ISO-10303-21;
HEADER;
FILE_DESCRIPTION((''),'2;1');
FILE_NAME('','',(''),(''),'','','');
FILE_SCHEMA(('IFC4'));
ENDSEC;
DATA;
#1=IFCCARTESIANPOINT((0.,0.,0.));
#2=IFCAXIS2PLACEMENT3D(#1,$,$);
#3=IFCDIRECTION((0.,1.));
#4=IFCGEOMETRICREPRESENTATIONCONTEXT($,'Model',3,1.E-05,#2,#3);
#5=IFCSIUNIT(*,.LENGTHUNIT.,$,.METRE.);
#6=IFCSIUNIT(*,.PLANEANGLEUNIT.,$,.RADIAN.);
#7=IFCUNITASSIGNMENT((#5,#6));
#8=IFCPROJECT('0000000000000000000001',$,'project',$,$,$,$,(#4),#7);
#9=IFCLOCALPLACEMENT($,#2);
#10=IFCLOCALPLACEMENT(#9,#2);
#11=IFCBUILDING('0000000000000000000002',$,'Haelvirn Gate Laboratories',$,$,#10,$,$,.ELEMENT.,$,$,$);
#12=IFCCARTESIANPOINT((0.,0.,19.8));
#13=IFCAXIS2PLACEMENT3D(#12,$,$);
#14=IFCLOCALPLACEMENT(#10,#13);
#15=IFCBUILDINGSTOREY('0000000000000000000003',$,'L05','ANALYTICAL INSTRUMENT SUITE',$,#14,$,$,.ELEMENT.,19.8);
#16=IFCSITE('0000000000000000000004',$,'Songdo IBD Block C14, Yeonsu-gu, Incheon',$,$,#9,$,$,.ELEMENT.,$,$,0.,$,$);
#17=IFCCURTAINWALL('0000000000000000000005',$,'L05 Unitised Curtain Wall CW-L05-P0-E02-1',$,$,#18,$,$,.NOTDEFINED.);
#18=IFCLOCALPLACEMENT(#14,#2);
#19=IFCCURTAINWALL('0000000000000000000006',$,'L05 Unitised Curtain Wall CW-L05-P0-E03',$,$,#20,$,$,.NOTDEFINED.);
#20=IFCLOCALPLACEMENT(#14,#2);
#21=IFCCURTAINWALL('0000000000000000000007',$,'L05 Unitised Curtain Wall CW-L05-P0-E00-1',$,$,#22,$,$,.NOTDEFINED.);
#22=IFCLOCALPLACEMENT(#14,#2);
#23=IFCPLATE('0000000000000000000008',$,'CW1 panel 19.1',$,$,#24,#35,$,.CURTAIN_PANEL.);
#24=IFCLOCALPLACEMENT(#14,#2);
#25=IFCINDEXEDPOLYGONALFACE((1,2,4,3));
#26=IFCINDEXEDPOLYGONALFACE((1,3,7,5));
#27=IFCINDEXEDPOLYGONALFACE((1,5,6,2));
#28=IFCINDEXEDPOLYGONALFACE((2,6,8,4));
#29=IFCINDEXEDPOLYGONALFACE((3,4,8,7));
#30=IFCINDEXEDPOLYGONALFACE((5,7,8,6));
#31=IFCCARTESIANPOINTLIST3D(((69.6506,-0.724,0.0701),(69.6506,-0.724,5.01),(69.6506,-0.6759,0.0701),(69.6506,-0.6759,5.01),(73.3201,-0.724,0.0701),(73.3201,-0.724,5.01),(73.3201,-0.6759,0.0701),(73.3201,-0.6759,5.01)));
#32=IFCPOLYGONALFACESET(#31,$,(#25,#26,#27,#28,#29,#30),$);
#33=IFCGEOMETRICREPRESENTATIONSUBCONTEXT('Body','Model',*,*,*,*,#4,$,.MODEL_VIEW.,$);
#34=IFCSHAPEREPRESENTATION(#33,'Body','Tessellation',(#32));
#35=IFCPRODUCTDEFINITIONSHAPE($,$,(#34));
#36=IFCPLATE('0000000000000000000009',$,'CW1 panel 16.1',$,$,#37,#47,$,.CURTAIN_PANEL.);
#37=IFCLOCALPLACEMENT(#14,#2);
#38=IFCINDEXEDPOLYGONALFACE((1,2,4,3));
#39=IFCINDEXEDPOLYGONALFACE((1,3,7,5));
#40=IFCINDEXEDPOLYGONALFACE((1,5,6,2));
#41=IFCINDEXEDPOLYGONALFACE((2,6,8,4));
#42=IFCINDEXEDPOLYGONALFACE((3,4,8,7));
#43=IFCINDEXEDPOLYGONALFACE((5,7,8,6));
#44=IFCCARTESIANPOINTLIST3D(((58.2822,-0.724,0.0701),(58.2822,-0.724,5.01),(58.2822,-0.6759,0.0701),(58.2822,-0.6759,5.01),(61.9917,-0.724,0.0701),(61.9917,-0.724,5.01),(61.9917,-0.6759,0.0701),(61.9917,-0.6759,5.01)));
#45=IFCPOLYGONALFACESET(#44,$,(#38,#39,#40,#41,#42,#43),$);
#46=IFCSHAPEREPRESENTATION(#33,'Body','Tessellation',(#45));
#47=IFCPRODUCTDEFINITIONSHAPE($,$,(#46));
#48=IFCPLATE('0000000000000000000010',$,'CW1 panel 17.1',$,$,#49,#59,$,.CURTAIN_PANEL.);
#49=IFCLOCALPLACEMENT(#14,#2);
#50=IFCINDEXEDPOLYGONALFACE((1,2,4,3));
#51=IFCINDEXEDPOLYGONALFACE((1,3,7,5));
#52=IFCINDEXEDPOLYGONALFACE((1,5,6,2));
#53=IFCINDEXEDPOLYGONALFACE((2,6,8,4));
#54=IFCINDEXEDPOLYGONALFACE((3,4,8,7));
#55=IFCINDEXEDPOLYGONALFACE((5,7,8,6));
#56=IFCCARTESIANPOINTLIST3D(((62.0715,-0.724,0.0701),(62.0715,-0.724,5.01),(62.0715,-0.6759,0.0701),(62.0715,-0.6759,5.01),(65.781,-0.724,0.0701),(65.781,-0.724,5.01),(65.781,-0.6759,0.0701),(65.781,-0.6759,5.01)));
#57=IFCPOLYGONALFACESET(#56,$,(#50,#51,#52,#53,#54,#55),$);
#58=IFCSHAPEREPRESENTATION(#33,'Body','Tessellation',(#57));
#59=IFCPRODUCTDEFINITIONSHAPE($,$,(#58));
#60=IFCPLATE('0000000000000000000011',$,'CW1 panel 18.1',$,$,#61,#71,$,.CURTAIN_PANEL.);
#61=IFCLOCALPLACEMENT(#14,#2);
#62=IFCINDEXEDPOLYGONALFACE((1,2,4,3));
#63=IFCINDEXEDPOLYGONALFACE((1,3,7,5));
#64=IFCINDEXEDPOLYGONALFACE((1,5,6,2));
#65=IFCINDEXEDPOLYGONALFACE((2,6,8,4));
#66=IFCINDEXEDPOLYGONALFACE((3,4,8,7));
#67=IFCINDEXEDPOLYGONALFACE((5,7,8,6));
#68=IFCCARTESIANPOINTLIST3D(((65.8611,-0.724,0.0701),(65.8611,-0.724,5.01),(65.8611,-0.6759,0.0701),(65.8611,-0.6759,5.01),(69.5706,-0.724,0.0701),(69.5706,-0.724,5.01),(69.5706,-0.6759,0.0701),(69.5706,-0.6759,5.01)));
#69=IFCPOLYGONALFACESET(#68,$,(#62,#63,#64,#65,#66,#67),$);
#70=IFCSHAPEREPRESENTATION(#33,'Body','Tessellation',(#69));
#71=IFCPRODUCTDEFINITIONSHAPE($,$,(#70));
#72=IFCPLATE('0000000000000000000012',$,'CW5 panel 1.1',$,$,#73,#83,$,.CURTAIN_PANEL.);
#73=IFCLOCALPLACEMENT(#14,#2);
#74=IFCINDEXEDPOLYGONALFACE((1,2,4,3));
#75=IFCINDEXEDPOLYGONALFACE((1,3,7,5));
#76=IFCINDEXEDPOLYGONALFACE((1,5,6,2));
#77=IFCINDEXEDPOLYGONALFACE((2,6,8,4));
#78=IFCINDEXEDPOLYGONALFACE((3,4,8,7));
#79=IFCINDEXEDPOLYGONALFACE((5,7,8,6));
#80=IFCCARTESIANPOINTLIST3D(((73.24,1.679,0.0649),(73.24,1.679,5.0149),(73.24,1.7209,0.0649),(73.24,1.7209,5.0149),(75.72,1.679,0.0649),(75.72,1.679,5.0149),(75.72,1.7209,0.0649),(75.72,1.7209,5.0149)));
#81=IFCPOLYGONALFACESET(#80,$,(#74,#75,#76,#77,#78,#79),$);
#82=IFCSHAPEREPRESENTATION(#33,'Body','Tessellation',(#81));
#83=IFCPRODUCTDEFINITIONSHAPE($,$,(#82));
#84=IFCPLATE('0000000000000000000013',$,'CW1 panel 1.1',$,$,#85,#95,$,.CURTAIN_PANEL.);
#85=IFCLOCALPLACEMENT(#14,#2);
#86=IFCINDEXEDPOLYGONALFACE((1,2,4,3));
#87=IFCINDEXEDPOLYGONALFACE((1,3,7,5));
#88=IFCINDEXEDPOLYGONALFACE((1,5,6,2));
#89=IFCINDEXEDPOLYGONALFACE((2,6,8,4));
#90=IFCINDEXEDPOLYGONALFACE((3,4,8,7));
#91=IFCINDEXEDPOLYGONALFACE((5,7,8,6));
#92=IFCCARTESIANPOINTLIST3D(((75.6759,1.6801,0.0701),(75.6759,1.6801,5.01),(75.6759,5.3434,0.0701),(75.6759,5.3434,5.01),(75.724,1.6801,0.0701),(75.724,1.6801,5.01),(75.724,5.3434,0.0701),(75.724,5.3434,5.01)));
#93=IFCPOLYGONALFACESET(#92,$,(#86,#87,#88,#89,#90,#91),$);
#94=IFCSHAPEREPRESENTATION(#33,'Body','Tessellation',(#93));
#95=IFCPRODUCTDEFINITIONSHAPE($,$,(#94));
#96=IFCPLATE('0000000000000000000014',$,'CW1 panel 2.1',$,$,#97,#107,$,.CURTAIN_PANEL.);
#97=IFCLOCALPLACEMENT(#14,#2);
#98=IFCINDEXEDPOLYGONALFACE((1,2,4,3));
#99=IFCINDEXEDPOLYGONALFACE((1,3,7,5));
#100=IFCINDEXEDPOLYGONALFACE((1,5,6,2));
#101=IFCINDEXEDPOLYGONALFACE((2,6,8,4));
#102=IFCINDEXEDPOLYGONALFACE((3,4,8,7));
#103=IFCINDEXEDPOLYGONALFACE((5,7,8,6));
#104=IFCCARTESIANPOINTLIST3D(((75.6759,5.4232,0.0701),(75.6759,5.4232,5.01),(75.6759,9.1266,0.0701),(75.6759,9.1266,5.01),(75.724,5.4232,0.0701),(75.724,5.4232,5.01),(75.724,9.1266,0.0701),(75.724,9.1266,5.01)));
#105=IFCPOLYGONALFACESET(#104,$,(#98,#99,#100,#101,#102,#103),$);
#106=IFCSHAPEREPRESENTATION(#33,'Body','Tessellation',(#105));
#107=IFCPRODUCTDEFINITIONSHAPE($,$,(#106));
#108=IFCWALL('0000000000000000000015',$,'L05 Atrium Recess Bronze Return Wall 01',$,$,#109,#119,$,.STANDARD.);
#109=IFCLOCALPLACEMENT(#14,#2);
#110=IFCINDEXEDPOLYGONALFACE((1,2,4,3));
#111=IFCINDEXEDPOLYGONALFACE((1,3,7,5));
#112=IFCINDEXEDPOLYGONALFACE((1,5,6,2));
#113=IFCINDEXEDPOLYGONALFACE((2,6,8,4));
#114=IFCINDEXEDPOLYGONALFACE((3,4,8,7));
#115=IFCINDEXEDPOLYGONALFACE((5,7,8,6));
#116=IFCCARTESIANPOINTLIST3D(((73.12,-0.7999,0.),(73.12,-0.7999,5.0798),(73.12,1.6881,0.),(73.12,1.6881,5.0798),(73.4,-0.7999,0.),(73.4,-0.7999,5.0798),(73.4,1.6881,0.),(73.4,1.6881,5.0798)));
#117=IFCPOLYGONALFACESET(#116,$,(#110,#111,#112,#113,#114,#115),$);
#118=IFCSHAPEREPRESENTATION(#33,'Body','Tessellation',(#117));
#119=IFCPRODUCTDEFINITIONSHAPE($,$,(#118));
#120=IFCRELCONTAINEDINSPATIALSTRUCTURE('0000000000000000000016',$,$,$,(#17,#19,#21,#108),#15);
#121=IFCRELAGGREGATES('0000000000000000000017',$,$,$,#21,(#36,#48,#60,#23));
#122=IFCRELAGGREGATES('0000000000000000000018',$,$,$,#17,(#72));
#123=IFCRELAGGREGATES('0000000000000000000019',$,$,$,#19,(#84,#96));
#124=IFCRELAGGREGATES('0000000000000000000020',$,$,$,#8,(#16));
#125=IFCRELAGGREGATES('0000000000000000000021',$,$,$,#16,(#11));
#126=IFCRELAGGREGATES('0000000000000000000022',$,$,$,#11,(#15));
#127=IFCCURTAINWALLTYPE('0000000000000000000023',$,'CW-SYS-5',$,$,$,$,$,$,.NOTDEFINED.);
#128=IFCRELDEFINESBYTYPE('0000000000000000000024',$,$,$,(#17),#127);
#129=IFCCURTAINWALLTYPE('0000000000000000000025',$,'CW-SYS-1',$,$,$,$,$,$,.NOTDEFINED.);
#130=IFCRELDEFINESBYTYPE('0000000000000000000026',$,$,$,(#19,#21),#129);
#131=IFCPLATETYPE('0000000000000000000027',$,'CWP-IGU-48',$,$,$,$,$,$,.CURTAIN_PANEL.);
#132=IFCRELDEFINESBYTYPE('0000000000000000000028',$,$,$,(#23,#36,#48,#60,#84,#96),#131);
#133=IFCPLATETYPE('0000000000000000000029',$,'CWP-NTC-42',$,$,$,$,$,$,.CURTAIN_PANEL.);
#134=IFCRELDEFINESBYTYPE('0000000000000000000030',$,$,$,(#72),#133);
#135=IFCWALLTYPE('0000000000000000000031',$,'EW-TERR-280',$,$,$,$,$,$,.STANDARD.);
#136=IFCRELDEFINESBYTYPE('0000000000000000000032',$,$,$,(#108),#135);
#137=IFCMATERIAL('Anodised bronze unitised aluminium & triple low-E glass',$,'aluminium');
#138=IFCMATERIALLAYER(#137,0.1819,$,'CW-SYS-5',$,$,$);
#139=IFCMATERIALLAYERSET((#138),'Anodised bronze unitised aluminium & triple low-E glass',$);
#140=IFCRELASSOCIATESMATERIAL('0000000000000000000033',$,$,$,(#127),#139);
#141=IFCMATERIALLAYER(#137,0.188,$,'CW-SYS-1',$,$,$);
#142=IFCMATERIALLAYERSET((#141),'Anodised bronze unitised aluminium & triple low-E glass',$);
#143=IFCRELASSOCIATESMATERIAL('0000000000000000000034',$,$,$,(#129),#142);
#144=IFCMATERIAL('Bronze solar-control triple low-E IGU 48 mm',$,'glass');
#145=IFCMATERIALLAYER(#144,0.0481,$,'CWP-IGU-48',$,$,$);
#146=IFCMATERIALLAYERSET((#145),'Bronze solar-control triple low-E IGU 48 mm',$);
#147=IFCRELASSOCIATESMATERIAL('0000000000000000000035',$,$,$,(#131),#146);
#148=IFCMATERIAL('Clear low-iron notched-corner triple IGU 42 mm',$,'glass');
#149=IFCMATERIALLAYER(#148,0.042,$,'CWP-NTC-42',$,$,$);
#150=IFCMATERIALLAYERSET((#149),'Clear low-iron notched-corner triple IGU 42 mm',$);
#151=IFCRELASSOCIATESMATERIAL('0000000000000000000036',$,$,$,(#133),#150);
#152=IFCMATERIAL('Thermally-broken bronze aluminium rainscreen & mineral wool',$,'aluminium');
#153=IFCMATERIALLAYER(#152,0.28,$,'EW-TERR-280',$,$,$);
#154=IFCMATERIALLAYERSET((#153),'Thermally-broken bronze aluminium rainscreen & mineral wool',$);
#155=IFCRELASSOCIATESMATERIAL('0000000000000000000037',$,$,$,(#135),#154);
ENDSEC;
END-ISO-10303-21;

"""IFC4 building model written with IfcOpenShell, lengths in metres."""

from ifc_helpers import new_model, si_unit, direction, frame, frame_2d, origin, origin_2d, place, context, subcontext, project, spatial, rectangle, extrude, source, transform, mapped, material, layer, layer_set, type_object, type_shapes, element, aggregate, save


model = new_model("IFC4")

# Units and contexts
model_context = context("Model", 3, precision=1e-05, world=origin(), true_north=direction((0.0, 1.0)))
body_context = subcontext(model_context, "Body", "Model", "MODEL_VIEW")
ifc_project = project(units=[si_unit("LENGTHUNIT", "METRE"), si_unit("PLANEANGLEUNIT", "RADIAN")], contexts=[model_context])

# Site, building, storey
site_placement = place(None, origin())
site = spatial("IfcSite", under=ifc_project, at=site_placement, Name="Songdo IBD Block C14, Yeonsu-gu, Incheon", CompositionType="ELEMENT", RefElevation=0.0)
building_placement = place(site_placement, origin())
building = spatial("IfcBuilding", under=site, at=building_placement, Name="Haelvirn Gate Laboratories", CompositionType="ELEMENT")
storey_placement = place(building_placement, frame((0.0, 0.0, 19.8)))
storey = spatial("IfcBuildingStorey", under=building, at=storey_placement, Name="L05", Description="ANALYTICAL INSTRUMENT SUITE", CompositionType="ELEMENT", Elevation=19.8)

# Curtain walls
ifc_material_1 = material(Name="Anodised bronze unitised aluminium & triple low-E glass", Category="aluminium")
ifc_layer_1 = layer(ifc_material_1, 0.1819, Name="CW-SYS-5")
ifc_layer_set_1 = layer_set([ifc_layer_1], Name="Anodised bronze unitised aluminium & triple low-E glass")
curtain_wall_type_1 = type_object("IfcCurtainWallType", Name="CW-SYS-5", PredefinedType="NOTDEFINED", material=ifc_layer_set_1)
curtain_wall_1_placement = place(storey_placement, origin())
curtain_wall_1 = element("IfcCurtainWall", 1, at=curtain_wall_1_placement, inside=storey, type_object=curtain_wall_type_1, Name="L05 Unitised Curtain Wall CW-L05-P0-E02-1", PredefinedType="NOTDEFINED")
ifc_layer_2 = layer(ifc_material_1, 0.188, Name="CW-SYS-1")
ifc_layer_set_2 = layer_set([ifc_layer_2], Name="Anodised bronze unitised aluminium & triple low-E glass")
curtain_wall_type_2 = type_object("IfcCurtainWallType", Name="CW-SYS-1", PredefinedType="NOTDEFINED", material=ifc_layer_set_2)
curtain_wall_2_placement = place(storey_placement, origin())
curtain_wall_2 = element("IfcCurtainWall", 2, at=curtain_wall_2_placement, inside=storey, type_object=curtain_wall_type_2, Name="L05 Unitised Curtain Wall CW-L05-P0-E03", PredefinedType="NOTDEFINED")
curtain_wall_3_placement = place(storey_placement, origin())
curtain_wall_3 = element("IfcCurtainWall", 3, at=curtain_wall_3_placement, inside=storey, type_object=curtain_wall_type_2, Name="L05 Unitised Curtain Wall CW-L05-P0-E00-1", PredefinedType="NOTDEFINED")

# Plates
ifc_material_2 = material(Name="Bronze solar-control triple low-E IGU 48 mm", Category="glass")
ifc_layer_3 = layer(ifc_material_2, 0.0481, Name="CWP-IGU-48")
ifc_layer_set_3 = layer_set([ifc_layer_3], Name="Bronze solar-control triple low-E IGU 48 mm")
plate_type_1 = type_object("IfcPlateType", Name="CWP-IGU-48", PredefinedType="CURTAIN_PANEL", material=ifc_layer_set_3)
shared_shape_1 = source(origin(), body_context, "Body", "SweptSolid", [
    extrude(rectangle(XDim=3.6694, YDim=0.0481, at=origin_2d()), origin(), (0.0, 0.0, 1.0), 4.9399),
])
plate_1_placement = place(storey_placement, frame((71.4854, -0.7, 0.0701), z_axis=(0.0, 0.0, 1.0), x_axis=(1.0, 0.0, 0.0)))
plate_1 = element("IfcPlate", 4, at=plate_1_placement, type_object=plate_type_1, Name="CW1 panel 19.1", PredefinedType="CURTAIN_PANEL", context=body_context, shape_type="MappedRepresentation", body=[
    mapped(shared_shape_1, transform((0.0, 0.0, 0.0), scale=1.0)),
])
shared_shape_2 = source(origin(), body_context, "Body", "SweptSolid", [
    extrude(rectangle(XDim=3.7095, YDim=0.0481, at=origin_2d()), origin(), (0.0, 0.0, 1.0), 4.9399),
])
plate_2_placement = place(storey_placement, frame((60.137, -0.7, 0.0701), z_axis=(0.0, 0.0, 1.0), x_axis=(1.0, 0.0, 0.0)))
plate_2 = element("IfcPlate", 5, at=plate_2_placement, type_object=plate_type_1, Name="CW1 panel 16.1", PredefinedType="CURTAIN_PANEL", context=body_context, shape_type="MappedRepresentation", body=[
    mapped(shared_shape_2, transform((0.0, 0.0, 0.0), scale=1.0)),
])
plate_3_placement = place(storey_placement, frame((63.9263, -0.7, 0.0701), z_axis=(0.0, 0.0, 1.0), x_axis=(1.0, 0.0, 0.0)))
plate_3 = element("IfcPlate", 6, at=plate_3_placement, type_object=plate_type_1, Name="CW1 panel 17.1", PredefinedType="CURTAIN_PANEL", context=body_context, shape_type="MappedRepresentation", body=[
    mapped(shared_shape_2, transform((0.0, 0.0, 0.0), scale=1.0)),
])
plate_4_placement = place(storey_placement, frame((67.7158, -0.7, 0.0701), z_axis=(0.0, 0.0, 1.0), x_axis=(1.0, 0.0, 0.0)))
plate_4 = element("IfcPlate", 7, at=plate_4_placement, type_object=plate_type_1, Name="CW1 panel 18.1", PredefinedType="CURTAIN_PANEL", context=body_context, shape_type="MappedRepresentation", body=[
    mapped(shared_shape_2, transform((0.0, 0.0, 0.0), scale=1.0)),
])
aggregate(curtain_wall_3, [plate_2, plate_3, plate_4, plate_1])
ifc_material_3 = material(Name="Clear low-iron notched-corner triple IGU 42 mm", Category="glass")
ifc_layer_4 = layer(ifc_material_3, 0.042, Name="CWP-NTC-42")
ifc_layer_set_4 = layer_set([ifc_layer_4], Name="Clear low-iron notched-corner triple IGU 42 mm")
plate_type_2 = type_object("IfcPlateType", Name="CWP-NTC-42", PredefinedType="CURTAIN_PANEL", material=ifc_layer_set_4)
shared_shape_3 = source(origin(), body_context, "Body", "SweptSolid", [
    extrude(rectangle(XDim=2.48, YDim=0.042, at=origin_2d()), origin(), (0.0, 0.0, 1.0), 4.95),
])
type_shapes(plate_type_2, [shared_shape_3])
plate_5_placement = place(storey_placement, frame((74.48, 1.7, 0.0649), z_axis=(0.0, 0.0, 1.0), x_axis=(1.0, 0.0, 0.0)))
plate_5 = element("IfcPlate", 8, at=plate_5_placement, type_object=plate_type_2, Name="CW5 panel 1.1", PredefinedType="CURTAIN_PANEL", context=body_context, shape_type="MappedRepresentation", body=[
    mapped(shared_shape_3, transform((0.0, 0.0, 0.0), scale=1.0)),
])
aggregate(curtain_wall_1, [plate_5])
shared_shape_4 = source(origin(), body_context, "Body", "SweptSolid", [
    extrude(rectangle(XDim=3.6633, YDim=0.0481, at=origin_2d()), origin(), (0.0, 0.0, 1.0), 4.9399),
])
plate_6_placement = place(storey_placement, frame((75.7, 3.5117, 0.0701), z_axis=(0.0, 0.0, 1.0), x_axis=(0.0, 1.0, 0.0)))
plate_6 = element("IfcPlate", 9, at=plate_6_placement, type_object=plate_type_1, Name="CW1 panel 1.1", PredefinedType="CURTAIN_PANEL", context=body_context, shape_type="MappedRepresentation", body=[
    mapped(shared_shape_4, transform((0.0, 0.0, 0.0), scale=1.0)),
])
shared_shape_5 = source(origin(), body_context, "Body", "SweptSolid", [
    extrude(rectangle(XDim=3.7034, YDim=0.0481, at=origin_2d()), origin(), (0.0, 0.0, 1.0), 4.9399),
])
type_shapes(plate_type_1, [shared_shape_1, shared_shape_2, shared_shape_4, shared_shape_5])
plate_7_placement = place(storey_placement, frame((75.7, 7.2749, 0.0701), z_axis=(0.0, 0.0, 1.0), x_axis=(0.0, 1.0, 0.0)))
plate_7 = element("IfcPlate", 10, at=plate_7_placement, type_object=plate_type_1, Name="CW1 panel 2.1", PredefinedType="CURTAIN_PANEL", context=body_context, shape_type="MappedRepresentation", body=[
    mapped(shared_shape_5, transform((0.0, 0.0, 0.0), scale=1.0)),
])
aggregate(curtain_wall_2, [plate_6, plate_7])

# Wall
ifc_material_4 = material(Name="Thermally-broken bronze aluminium rainscreen & mineral wool", Category="aluminium")
ifc_layer_5 = layer(ifc_material_4, 0.28, Name="EW-TERR-280")
ifc_layer_set_5 = layer_set([ifc_layer_5], Name="Thermally-broken bronze aluminium rainscreen & mineral wool")
wall_type = type_object("IfcWallType", Name="EW-TERR-280", PredefinedType="STANDARD", material=ifc_layer_set_5)
wall_placement = place(storey_placement, frame((73.26, -0.8, 0.0), z_axis=(0.0, 0.0, 1.0), x_axis=(0.0, 1.0, 0.0)))
element("IfcWall", 11, at=wall_placement, inside=storey, type_object=wall_type, Name="L05 Atrium Recess Bronze Return Wall 01", PredefinedType="STANDARD", context=body_context, shape_type="SweptSolid", body=[
    extrude(rectangle(XDim=2.488, YDim=0.28, at=frame_2d((1.2441, 0.0))), origin(), (0.0, 0.0, 1.0), 5.0798),
])

save(model, "model.ifc")
